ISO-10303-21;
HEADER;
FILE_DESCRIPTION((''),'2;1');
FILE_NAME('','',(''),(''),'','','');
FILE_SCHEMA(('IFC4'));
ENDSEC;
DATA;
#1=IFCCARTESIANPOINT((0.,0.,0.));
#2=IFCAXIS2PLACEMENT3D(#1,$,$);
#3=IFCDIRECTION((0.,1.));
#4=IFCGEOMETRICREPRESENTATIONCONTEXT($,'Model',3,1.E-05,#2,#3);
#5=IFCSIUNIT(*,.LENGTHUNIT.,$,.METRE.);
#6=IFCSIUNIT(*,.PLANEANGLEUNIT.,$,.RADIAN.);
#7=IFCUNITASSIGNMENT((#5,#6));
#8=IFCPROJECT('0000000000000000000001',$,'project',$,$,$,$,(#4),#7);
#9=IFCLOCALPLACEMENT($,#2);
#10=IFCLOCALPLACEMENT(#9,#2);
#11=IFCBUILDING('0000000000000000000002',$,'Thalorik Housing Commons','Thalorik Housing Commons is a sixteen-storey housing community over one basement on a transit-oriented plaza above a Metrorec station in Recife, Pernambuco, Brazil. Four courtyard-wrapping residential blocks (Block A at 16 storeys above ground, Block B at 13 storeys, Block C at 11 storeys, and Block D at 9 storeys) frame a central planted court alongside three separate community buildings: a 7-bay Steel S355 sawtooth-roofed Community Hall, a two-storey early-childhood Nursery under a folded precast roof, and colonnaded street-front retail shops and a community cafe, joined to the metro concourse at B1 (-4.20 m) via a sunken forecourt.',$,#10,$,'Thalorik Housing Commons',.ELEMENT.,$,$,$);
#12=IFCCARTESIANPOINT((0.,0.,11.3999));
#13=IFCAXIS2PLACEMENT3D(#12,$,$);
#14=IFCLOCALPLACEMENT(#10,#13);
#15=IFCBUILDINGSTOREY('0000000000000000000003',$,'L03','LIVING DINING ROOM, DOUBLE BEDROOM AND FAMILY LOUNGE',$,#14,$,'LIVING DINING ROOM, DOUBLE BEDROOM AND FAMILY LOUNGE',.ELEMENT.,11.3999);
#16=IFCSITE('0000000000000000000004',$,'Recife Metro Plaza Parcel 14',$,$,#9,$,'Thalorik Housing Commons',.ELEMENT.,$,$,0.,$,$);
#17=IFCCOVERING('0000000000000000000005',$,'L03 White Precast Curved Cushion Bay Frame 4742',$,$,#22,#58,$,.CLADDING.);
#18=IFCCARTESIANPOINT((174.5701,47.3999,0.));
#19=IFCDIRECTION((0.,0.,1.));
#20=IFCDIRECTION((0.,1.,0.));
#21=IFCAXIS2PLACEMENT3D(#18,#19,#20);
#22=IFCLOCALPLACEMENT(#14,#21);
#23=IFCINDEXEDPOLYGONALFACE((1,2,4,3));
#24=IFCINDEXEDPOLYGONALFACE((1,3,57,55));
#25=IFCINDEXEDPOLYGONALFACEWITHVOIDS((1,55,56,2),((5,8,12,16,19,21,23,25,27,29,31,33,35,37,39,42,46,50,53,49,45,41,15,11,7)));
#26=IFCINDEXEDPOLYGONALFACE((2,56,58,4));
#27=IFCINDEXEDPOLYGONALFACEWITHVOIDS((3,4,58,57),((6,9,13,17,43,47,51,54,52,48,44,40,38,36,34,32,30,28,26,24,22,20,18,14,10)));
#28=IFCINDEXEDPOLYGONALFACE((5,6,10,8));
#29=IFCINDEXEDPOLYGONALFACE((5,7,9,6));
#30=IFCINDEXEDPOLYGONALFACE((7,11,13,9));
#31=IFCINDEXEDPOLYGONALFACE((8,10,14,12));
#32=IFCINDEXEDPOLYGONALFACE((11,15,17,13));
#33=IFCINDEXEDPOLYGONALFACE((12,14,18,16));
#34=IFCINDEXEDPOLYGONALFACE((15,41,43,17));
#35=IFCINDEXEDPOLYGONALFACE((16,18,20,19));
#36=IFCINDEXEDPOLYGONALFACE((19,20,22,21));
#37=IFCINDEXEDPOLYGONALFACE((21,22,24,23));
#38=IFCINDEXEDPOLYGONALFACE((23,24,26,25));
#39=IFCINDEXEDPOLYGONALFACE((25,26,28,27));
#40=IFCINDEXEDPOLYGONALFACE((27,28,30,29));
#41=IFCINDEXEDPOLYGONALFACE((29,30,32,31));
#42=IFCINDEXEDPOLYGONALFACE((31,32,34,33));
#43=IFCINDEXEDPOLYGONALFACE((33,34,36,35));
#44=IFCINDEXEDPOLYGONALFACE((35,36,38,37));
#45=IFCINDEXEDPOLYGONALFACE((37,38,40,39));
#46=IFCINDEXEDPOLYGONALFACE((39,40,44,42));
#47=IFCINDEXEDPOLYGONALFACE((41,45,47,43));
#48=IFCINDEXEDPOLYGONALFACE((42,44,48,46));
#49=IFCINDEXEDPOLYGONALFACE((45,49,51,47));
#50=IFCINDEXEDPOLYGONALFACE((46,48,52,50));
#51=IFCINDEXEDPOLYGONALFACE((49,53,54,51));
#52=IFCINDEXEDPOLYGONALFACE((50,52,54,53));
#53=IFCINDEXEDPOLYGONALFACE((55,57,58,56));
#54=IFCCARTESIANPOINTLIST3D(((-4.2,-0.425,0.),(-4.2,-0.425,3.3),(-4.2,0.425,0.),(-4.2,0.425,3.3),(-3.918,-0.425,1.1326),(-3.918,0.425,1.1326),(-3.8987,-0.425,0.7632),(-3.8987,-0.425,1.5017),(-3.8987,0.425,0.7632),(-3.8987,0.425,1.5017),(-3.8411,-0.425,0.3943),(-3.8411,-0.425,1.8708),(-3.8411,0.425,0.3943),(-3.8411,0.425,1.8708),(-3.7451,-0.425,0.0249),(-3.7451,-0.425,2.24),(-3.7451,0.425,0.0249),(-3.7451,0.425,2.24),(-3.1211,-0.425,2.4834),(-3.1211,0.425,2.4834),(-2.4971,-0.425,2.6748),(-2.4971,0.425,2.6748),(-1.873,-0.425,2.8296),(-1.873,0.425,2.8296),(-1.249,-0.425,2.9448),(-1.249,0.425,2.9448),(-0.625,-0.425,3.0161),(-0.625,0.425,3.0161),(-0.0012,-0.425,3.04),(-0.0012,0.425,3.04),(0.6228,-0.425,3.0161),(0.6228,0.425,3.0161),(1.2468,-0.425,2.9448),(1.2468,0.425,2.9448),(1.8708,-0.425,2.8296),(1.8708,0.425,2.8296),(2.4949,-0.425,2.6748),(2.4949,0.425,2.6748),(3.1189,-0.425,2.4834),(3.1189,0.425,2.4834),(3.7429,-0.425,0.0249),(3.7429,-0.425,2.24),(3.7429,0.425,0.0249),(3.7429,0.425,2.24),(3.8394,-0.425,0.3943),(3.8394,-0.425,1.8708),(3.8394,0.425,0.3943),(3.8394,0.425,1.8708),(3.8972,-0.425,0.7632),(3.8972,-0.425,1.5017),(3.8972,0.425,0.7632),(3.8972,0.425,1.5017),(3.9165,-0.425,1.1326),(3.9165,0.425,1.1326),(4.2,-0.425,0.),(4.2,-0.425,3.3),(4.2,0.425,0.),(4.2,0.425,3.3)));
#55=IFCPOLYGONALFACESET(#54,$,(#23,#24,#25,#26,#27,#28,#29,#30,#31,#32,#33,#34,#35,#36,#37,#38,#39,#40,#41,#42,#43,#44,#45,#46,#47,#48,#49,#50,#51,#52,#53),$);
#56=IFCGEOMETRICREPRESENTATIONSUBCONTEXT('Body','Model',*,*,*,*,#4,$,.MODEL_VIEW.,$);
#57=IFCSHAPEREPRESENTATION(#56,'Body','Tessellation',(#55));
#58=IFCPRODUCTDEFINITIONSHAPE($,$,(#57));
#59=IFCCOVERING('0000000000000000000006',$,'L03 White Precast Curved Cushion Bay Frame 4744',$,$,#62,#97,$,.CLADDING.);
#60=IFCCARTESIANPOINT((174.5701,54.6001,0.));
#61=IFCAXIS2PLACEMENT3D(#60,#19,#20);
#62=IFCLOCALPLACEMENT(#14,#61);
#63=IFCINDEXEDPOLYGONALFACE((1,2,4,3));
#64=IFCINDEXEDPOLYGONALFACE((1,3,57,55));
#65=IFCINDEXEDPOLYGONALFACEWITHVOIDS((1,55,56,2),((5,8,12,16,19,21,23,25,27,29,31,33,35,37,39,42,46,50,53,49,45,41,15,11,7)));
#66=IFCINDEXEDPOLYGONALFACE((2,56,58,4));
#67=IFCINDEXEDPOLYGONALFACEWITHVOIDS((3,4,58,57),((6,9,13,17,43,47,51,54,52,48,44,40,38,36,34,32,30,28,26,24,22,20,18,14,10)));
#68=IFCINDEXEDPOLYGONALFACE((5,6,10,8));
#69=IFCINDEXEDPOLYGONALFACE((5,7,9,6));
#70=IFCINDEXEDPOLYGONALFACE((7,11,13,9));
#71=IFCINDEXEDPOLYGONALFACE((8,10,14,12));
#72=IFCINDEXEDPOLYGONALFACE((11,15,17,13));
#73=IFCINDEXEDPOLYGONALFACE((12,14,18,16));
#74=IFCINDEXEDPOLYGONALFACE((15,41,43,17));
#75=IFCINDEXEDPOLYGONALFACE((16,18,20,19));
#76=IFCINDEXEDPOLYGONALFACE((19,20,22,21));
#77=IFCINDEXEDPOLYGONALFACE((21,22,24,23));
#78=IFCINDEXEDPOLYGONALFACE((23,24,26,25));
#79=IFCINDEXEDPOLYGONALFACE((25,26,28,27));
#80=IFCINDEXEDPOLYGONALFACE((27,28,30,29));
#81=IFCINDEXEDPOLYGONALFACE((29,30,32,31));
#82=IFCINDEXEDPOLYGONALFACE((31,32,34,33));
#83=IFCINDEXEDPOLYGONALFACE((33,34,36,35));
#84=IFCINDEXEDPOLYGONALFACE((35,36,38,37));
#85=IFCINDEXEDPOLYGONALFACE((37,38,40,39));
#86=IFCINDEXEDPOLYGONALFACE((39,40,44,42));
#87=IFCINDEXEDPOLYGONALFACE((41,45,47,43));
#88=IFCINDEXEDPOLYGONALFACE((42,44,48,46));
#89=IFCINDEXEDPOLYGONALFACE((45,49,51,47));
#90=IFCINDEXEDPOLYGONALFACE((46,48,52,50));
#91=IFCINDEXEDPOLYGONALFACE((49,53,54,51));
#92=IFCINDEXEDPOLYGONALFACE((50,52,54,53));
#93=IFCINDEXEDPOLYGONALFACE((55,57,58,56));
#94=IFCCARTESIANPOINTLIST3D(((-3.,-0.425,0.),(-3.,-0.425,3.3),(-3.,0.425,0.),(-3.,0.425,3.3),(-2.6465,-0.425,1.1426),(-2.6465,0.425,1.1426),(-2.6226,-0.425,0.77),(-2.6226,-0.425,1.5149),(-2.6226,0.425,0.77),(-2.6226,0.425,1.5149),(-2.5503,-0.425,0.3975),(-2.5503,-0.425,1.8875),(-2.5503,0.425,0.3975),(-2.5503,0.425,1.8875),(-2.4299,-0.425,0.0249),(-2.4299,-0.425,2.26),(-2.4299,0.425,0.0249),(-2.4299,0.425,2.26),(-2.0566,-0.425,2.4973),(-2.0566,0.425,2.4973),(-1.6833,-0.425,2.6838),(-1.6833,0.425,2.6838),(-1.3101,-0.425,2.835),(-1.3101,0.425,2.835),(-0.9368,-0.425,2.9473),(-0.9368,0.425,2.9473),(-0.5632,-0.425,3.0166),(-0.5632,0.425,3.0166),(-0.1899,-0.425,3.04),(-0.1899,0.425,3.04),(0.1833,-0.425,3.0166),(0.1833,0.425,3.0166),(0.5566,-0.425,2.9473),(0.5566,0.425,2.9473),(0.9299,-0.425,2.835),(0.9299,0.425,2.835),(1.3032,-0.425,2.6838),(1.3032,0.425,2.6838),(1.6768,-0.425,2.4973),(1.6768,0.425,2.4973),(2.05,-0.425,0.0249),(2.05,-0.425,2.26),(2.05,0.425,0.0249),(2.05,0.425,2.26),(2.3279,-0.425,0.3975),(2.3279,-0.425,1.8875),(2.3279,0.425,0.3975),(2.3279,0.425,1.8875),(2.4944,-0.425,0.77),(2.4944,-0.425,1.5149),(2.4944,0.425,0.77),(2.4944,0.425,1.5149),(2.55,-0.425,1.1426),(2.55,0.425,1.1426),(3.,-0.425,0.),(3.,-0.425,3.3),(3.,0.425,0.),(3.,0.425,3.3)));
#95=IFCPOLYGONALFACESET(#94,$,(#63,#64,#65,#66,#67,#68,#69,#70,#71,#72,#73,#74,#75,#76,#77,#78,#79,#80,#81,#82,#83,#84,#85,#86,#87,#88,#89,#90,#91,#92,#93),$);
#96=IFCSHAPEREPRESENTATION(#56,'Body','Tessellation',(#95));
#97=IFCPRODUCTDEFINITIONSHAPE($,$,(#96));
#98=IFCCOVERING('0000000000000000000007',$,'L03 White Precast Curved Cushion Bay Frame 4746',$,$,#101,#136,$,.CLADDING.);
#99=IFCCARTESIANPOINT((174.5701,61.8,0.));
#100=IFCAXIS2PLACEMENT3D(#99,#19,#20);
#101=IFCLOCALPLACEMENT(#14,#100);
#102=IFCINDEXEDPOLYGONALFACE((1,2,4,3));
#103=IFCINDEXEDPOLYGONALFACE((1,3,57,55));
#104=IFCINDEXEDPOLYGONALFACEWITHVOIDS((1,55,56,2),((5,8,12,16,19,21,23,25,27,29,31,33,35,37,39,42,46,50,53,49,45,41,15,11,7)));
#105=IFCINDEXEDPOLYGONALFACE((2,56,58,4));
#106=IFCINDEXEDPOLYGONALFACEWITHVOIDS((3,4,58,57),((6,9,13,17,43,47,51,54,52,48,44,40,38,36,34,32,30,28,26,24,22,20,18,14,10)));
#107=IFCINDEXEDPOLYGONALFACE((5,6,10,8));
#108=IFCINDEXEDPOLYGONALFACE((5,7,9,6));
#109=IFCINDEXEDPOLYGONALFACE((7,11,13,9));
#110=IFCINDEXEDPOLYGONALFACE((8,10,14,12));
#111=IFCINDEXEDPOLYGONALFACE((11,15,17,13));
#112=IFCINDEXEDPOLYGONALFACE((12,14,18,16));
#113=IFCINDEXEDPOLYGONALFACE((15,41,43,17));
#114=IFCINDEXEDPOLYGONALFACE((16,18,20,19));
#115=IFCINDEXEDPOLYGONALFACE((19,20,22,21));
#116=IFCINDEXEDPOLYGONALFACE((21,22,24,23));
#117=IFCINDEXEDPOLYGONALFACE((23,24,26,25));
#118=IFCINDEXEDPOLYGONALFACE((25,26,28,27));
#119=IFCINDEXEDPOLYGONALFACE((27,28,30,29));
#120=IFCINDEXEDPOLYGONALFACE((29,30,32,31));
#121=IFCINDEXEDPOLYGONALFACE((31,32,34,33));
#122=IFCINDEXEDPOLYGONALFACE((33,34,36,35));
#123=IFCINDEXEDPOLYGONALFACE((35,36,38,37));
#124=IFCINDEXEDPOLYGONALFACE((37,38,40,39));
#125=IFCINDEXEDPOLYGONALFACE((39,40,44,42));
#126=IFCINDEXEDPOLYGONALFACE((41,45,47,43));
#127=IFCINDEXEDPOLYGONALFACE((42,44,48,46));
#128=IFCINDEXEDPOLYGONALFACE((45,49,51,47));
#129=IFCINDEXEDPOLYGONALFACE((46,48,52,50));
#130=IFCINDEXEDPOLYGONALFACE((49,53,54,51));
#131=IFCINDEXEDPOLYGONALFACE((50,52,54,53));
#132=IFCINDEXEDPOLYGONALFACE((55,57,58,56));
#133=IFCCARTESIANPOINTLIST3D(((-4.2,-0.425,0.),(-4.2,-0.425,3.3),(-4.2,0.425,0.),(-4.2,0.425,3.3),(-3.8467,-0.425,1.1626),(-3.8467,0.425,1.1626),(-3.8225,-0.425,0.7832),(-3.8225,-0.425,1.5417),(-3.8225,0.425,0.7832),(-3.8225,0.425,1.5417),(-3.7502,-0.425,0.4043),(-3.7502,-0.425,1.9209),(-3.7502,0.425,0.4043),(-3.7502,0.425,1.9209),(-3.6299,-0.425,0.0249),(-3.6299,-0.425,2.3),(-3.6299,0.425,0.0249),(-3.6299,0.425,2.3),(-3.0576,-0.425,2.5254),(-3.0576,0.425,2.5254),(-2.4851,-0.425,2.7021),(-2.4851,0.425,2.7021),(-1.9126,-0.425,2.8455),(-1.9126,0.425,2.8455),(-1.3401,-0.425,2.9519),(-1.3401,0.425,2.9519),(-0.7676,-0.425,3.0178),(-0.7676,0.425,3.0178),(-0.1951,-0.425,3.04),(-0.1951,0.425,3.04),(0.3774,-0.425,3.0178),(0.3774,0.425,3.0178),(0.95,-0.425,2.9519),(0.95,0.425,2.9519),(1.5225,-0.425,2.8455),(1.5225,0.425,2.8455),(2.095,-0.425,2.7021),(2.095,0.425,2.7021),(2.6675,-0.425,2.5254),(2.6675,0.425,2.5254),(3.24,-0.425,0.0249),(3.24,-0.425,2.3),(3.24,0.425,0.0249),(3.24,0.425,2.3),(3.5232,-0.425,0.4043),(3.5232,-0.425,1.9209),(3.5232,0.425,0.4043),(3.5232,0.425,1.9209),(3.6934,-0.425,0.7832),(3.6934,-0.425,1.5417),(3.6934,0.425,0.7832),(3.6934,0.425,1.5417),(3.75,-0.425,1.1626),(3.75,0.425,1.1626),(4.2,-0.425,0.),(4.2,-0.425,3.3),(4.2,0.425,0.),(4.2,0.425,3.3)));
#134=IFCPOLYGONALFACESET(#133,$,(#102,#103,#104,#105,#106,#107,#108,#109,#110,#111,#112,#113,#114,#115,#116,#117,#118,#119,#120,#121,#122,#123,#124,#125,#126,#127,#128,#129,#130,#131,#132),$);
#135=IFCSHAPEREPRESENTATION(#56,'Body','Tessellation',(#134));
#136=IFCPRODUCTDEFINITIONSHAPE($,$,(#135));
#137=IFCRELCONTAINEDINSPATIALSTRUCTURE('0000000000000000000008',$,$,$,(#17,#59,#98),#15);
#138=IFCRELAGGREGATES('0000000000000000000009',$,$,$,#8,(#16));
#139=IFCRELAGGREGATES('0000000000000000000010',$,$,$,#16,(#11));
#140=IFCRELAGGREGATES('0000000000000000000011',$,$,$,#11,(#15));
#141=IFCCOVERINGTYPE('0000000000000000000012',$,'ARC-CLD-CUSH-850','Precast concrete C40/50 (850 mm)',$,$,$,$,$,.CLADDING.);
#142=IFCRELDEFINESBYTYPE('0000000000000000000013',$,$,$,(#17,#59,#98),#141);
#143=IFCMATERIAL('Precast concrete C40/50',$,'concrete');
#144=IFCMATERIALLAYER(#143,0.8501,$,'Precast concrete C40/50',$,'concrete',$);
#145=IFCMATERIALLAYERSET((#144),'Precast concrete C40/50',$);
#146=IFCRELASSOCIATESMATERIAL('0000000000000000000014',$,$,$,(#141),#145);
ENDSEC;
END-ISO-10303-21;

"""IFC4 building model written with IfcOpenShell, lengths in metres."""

from ifc_helpers import new_model, si_unit, direction, frame, origin, place, context, subcontext, project, spatial, polyline, outline, extrude, material, layer, layer_set, type_object, element, save


model = new_model("IFC4")

# Units and contexts
model_context = context("Model", 3, precision=1e-05, world=origin(), true_north=direction((0.0, 1.0)))
body_context = subcontext(model_context, "Body", "Model", "MODEL_VIEW")
ifc_project = project(units=[si_unit("LENGTHUNIT", "METRE"), si_unit("PLANEANGLEUNIT", "RADIAN")], contexts=[model_context])

# Site, building, storey
site_placement = place(None, origin())
site = spatial("IfcSite", under=ifc_project, at=site_placement, Name="Recife Metro Plaza Parcel 14", LongName="Thalorik Housing Commons", CompositionType="ELEMENT", RefElevation=0.0)
building_placement = place(site_placement, origin())
building = spatial("IfcBuilding", under=site, at=building_placement, Name="Thalorik Housing Commons", Description="Thalorik Housing Commons is a sixteen-storey housing community over one basement on a transit-oriented plaza above a Metrorec station in Recife, Pernambuco, Brazil. Four courtyard-wrapping residential blocks (Block A at 16 storeys above ground, Block B at 13 storeys, Block C at 11 storeys, and Block D at 9 storeys) frame a central planted court alongside three separate community buildings: a 7-bay Steel S355 sawtooth-roofed Community Hall, a two-storey early-childhood Nursery under a folded precast roof, and colonnaded street-front retail shops and a community cafe, joined to the metro concourse at B1 (-4.20 m) via a sunken forecourt.", LongName="Thalorik Housing Commons", CompositionType="ELEMENT")
storey_placement = place(building_placement, frame((0.0, 0.0, 11.3999)))
storey = spatial("IfcBuildingStorey", under=building, at=storey_placement, Name="L03", Description="LIVING DINING ROOM, DOUBLE BEDROOM AND FAMILY LOUNGE", LongName="LIVING DINING ROOM, DOUBLE BEDROOM AND FAMILY LOUNGE", CompositionType="ELEMENT", Elevation=11.3999)

# Shared definitions
ifc_material_1 = material(Name="Precast concrete C40/50", Category="concrete")

# Coverings
ifc_layer_1 = layer(ifc_material_1, 0.8501, Name="Precast concrete C40/50", Category="concrete")
ifc_layer_set_1 = layer_set([ifc_layer_1], Name="Precast concrete C40/50")
covering_type_1 = type_object("IfcCoveringType", Name="ARC-CLD-CUSH-850", Description="Precast concrete C40/50 (850 mm)", PredefinedType="CLADDING", material=ifc_layer_set_1)
covering_1_placement = place(storey_placement, frame((174.5701, 47.3999, 0.0), z_axis=(0.0, 0.0, 1.0), x_axis=(0.0, 1.0, 0.0)))
element("IfcCovering", 1, at=covering_1_placement, inside=storey, type_object=covering_type_1, Name="L03 White Precast Curved Cushion Bay Frame 4742", PredefinedType="CLADDING", context=body_context, shape_type="SweptSolid", body=[
    extrude(outline(polyline([(-4.2, 0.0), (4.2, 0.0), (4.2, 3.3), (-4.2, 3.3), (-4.2, 0.0)]), holes=[polyline([(3.7429, 0.0249), (3.8394, 0.3943), (3.8972, 0.7632), (3.9165, 1.1326), (3.8972, 1.5017), (3.8394, 1.8708), (3.7429, 2.24), (3.1189, 2.4834), (2.4949, 2.6748), (1.8708, 2.8296), (1.2468, 2.9448), (0.6228, 3.0161), (-0.0012, 3.04), (-0.625, 3.0161), (-1.249, 2.9448), (-1.873, 2.8296), (-2.4971, 2.6748), (-3.1211, 2.4834), (-3.7451, 2.24), (-3.8411, 1.8708), (-3.8987, 1.5017), (-3.918, 1.1326), (-3.8987, 0.7632), (-3.8411, 0.3943), (-3.7451, 0.0249), (3.7429, 0.0249)])]), frame((0.0, 0.425, 0.0), z_axis=(0.0, -1.0, 0.0), x_axis=(1.0, 0.0, 0.0)), (0.0, 0.0, 1.0), 0.8501),
])
covering_2_placement = place(storey_placement, frame((174.5701, 54.6001, 0.0), z_axis=(0.0, 0.0, 1.0), x_axis=(0.0, 1.0, 0.0)))
element("IfcCovering", 2, at=covering_2_placement, inside=storey, type_object=covering_type_1, Name="L03 White Precast Curved Cushion Bay Frame 4744", PredefinedType="CLADDING", context=body_context, shape_type="SweptSolid", body=[
    extrude(outline(polyline([(-3.0, 0.0), (3.0, 0.0), (3.0, 3.3), (-3.0, 3.3), (-3.0, 0.0)]), holes=[polyline([(2.05, 0.0249), (2.3279, 0.3975), (2.4944, 0.77), (2.55, 1.1426), (2.4944, 1.5149), (2.3279, 1.8875), (2.05, 2.26), (1.6768, 2.4973), (1.3032, 2.6838), (0.9299, 2.835), (0.5566, 2.9473), (0.1833, 3.0166), (-0.1899, 3.04), (-0.5632, 3.0166), (-0.9368, 2.9473), (-1.3101, 2.835), (-1.6833, 2.6838), (-2.0566, 2.4973), (-2.4299, 2.26), (-2.5503, 1.8875), (-2.6226, 1.5149), (-2.6465, 1.1426), (-2.6226, 0.77), (-2.5503, 0.3975), (-2.4299, 0.0249), (2.05, 0.0249)])]), frame((0.0, 0.425, 0.0), z_axis=(0.0, -1.0, 0.0), x_axis=(1.0, 0.0, 0.0)), (0.0, 0.0, 1.0), 0.8501),
])
covering_3_placement = place(storey_placement, frame((174.5701, 61.8, 0.0), z_axis=(0.0, 0.0, 1.0), x_axis=(0.0, 1.0, 0.0)))
element("IfcCovering", 3, at=covering_3_placement, inside=storey, type_object=covering_type_1, Name="L03 White Precast Curved Cushion Bay Frame 4746", PredefinedType="CLADDING", context=body_context, shape_type="SweptSolid", body=[
    extrude(outline(polyline([(-4.2, 0.0), (4.2, 0.0), (4.2, 3.3), (-4.2, 3.3), (-4.2, 0.0)]), holes=[polyline([(3.24, 0.0249), (3.5232, 0.4043), (3.6934, 0.7832), (3.75, 1.1626), (3.6934, 1.5417), (3.5232, 1.9209), (3.24, 2.3), (2.6675, 2.5254), (2.095, 2.7021), (1.5225, 2.8455), (0.95, 2.9519), (0.3774, 3.0178), (-0.1951, 3.04), (-0.7676, 3.0178), (-1.3401, 2.9519), (-1.9126, 2.8455), (-2.4851, 2.7021), (-3.0576, 2.5254), (-3.6299, 2.3), (-3.7502, 1.9209), (-3.8225, 1.5417), (-3.8467, 1.1626), (-3.8225, 0.7832), (-3.7502, 0.4043), (-3.6299, 0.0249), (3.24, 0.0249)])]), frame((0.0, 0.425, 0.0), z_axis=(0.0, -1.0, 0.0), x_axis=(1.0, 0.0, 0.0)), (0.0, 0.0, 1.0), 0.8501),
])

save(model, "model.ifc")
